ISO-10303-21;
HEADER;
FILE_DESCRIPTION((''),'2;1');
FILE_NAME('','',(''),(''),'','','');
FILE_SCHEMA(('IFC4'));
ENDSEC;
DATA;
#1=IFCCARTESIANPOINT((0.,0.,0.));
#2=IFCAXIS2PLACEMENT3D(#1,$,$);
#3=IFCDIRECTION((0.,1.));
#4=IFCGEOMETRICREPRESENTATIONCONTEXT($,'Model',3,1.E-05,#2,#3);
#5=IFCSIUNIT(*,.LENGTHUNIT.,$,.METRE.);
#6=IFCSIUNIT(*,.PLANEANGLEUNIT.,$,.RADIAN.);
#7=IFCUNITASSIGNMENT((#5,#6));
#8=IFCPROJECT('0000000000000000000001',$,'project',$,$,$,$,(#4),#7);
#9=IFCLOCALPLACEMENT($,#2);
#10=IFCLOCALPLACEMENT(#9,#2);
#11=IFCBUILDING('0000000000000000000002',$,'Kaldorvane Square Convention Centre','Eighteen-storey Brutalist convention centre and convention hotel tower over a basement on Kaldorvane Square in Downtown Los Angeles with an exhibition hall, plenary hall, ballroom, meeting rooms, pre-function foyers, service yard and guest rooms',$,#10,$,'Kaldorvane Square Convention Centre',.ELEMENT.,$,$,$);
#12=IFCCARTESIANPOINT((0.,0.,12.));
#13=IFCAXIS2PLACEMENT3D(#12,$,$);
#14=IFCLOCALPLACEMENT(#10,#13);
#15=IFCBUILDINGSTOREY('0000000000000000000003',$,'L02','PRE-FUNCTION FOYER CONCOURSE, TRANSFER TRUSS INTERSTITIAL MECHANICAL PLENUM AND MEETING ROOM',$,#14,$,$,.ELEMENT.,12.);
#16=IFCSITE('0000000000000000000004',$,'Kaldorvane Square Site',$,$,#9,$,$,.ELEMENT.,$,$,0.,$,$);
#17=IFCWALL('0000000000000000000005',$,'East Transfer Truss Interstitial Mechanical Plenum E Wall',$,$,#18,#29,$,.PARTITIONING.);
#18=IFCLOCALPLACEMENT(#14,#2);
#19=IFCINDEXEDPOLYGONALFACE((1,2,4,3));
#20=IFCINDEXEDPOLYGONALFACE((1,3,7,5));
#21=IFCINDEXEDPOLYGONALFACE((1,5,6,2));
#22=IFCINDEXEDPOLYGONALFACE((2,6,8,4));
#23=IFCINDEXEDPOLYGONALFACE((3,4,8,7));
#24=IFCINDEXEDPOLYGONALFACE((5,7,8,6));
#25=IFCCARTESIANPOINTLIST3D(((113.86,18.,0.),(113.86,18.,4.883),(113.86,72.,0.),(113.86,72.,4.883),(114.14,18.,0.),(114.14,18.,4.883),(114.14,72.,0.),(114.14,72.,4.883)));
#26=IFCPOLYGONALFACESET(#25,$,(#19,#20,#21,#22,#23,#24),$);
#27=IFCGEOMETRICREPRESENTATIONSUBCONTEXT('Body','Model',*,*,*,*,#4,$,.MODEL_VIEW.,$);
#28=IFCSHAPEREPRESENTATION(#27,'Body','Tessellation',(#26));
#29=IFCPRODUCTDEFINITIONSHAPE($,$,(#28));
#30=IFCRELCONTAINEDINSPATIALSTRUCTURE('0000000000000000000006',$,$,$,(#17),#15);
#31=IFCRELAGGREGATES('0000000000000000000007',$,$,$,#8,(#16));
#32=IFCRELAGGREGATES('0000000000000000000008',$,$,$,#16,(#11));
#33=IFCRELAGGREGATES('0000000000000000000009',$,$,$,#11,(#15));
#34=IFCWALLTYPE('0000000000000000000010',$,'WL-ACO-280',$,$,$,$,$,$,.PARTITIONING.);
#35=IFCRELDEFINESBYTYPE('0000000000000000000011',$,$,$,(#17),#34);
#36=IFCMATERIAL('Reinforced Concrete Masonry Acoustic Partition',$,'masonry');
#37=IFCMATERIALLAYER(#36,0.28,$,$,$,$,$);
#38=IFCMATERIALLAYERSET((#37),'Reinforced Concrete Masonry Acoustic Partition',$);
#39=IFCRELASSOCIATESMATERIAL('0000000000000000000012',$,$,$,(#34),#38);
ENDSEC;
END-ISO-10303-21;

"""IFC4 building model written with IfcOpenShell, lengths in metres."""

from ifc_helpers import new_model, si_unit, direction, frame, frame_2d, origin, place, context, subcontext, project, spatial, rectangle, extrude, material, layer, layer_set, type_object, element, save


model = new_model("IFC4")

# Units and contexts
model_context = context("Model", 3, precision=1e-05, world=origin(), true_north=direction((0.0, 1.0)))
body_context = subcontext(model_context, "Body", "Model", "MODEL_VIEW")
ifc_project = project(units=[si_unit("LENGTHUNIT", "METRE"), si_unit("PLANEANGLEUNIT", "RADIAN")], contexts=[model_context])

# Site, building, storey
site_placement = place(None, origin())
site = spatial("IfcSite", under=ifc_project, at=site_placement, Name="Kaldorvane Square Site", CompositionType="ELEMENT", RefElevation=0.0)
building_placement = place(site_placement, origin())
building = spatial("IfcBuilding", under=site, at=building_placement, Name="Kaldorvane Square Convention Centre", Description="Eighteen-storey Brutalist convention centre and convention hotel tower over a basement on Kaldorvane Square in Downtown Los Angeles with an exhibition hall, plenary hall, ballroom, meeting rooms, pre-function foyers, service yard and guest rooms", LongName="Kaldorvane Square Convention Centre", CompositionType="ELEMENT")
storey_placement = place(building_placement, frame((0.0, 0.0, 12.0)))
storey = spatial("IfcBuildingStorey", under=building, at=storey_placement, Name="L02", Description="PRE-FUNCTION FOYER CONCOURSE, TRANSFER TRUSS INTERSTITIAL MECHANICAL PLENUM AND MEETING ROOM", CompositionType="ELEMENT", Elevation=12.0)

# Wall
ifc_material_1 = material(Name="Reinforced Concrete Masonry Acoustic Partition", Category="masonry")
ifc_layer = layer(ifc_material_1, 0.28)
ifc_layer_set = layer_set([ifc_layer], Name="Reinforced Concrete Masonry Acoustic Partition")
wall_type = type_object("IfcWallType", Name="WL-ACO-280", PredefinedType="PARTITIONING", material=ifc_layer_set)
wall_placement = place(storey_placement, frame((114.0, 18.0, 0.0), z_axis=(0.0, 0.0, 1.0), x_axis=(0.0, 1.0, 0.0)))
element("IfcWall", 1, at=wall_placement, inside=storey, type_object=wall_type, Name="East Transfer Truss Interstitial Mechanical Plenum E Wall", PredefinedType="PARTITIONING", context=body_context, shape_type="SweptSolid", body=[
    extrude(rectangle(XDim=54.0, YDim=0.28, at=frame_2d((27.0, 0.0))), origin(), (0.0, 0.0, 1.0), 4.883),
])

save(model, "model.ifc")
